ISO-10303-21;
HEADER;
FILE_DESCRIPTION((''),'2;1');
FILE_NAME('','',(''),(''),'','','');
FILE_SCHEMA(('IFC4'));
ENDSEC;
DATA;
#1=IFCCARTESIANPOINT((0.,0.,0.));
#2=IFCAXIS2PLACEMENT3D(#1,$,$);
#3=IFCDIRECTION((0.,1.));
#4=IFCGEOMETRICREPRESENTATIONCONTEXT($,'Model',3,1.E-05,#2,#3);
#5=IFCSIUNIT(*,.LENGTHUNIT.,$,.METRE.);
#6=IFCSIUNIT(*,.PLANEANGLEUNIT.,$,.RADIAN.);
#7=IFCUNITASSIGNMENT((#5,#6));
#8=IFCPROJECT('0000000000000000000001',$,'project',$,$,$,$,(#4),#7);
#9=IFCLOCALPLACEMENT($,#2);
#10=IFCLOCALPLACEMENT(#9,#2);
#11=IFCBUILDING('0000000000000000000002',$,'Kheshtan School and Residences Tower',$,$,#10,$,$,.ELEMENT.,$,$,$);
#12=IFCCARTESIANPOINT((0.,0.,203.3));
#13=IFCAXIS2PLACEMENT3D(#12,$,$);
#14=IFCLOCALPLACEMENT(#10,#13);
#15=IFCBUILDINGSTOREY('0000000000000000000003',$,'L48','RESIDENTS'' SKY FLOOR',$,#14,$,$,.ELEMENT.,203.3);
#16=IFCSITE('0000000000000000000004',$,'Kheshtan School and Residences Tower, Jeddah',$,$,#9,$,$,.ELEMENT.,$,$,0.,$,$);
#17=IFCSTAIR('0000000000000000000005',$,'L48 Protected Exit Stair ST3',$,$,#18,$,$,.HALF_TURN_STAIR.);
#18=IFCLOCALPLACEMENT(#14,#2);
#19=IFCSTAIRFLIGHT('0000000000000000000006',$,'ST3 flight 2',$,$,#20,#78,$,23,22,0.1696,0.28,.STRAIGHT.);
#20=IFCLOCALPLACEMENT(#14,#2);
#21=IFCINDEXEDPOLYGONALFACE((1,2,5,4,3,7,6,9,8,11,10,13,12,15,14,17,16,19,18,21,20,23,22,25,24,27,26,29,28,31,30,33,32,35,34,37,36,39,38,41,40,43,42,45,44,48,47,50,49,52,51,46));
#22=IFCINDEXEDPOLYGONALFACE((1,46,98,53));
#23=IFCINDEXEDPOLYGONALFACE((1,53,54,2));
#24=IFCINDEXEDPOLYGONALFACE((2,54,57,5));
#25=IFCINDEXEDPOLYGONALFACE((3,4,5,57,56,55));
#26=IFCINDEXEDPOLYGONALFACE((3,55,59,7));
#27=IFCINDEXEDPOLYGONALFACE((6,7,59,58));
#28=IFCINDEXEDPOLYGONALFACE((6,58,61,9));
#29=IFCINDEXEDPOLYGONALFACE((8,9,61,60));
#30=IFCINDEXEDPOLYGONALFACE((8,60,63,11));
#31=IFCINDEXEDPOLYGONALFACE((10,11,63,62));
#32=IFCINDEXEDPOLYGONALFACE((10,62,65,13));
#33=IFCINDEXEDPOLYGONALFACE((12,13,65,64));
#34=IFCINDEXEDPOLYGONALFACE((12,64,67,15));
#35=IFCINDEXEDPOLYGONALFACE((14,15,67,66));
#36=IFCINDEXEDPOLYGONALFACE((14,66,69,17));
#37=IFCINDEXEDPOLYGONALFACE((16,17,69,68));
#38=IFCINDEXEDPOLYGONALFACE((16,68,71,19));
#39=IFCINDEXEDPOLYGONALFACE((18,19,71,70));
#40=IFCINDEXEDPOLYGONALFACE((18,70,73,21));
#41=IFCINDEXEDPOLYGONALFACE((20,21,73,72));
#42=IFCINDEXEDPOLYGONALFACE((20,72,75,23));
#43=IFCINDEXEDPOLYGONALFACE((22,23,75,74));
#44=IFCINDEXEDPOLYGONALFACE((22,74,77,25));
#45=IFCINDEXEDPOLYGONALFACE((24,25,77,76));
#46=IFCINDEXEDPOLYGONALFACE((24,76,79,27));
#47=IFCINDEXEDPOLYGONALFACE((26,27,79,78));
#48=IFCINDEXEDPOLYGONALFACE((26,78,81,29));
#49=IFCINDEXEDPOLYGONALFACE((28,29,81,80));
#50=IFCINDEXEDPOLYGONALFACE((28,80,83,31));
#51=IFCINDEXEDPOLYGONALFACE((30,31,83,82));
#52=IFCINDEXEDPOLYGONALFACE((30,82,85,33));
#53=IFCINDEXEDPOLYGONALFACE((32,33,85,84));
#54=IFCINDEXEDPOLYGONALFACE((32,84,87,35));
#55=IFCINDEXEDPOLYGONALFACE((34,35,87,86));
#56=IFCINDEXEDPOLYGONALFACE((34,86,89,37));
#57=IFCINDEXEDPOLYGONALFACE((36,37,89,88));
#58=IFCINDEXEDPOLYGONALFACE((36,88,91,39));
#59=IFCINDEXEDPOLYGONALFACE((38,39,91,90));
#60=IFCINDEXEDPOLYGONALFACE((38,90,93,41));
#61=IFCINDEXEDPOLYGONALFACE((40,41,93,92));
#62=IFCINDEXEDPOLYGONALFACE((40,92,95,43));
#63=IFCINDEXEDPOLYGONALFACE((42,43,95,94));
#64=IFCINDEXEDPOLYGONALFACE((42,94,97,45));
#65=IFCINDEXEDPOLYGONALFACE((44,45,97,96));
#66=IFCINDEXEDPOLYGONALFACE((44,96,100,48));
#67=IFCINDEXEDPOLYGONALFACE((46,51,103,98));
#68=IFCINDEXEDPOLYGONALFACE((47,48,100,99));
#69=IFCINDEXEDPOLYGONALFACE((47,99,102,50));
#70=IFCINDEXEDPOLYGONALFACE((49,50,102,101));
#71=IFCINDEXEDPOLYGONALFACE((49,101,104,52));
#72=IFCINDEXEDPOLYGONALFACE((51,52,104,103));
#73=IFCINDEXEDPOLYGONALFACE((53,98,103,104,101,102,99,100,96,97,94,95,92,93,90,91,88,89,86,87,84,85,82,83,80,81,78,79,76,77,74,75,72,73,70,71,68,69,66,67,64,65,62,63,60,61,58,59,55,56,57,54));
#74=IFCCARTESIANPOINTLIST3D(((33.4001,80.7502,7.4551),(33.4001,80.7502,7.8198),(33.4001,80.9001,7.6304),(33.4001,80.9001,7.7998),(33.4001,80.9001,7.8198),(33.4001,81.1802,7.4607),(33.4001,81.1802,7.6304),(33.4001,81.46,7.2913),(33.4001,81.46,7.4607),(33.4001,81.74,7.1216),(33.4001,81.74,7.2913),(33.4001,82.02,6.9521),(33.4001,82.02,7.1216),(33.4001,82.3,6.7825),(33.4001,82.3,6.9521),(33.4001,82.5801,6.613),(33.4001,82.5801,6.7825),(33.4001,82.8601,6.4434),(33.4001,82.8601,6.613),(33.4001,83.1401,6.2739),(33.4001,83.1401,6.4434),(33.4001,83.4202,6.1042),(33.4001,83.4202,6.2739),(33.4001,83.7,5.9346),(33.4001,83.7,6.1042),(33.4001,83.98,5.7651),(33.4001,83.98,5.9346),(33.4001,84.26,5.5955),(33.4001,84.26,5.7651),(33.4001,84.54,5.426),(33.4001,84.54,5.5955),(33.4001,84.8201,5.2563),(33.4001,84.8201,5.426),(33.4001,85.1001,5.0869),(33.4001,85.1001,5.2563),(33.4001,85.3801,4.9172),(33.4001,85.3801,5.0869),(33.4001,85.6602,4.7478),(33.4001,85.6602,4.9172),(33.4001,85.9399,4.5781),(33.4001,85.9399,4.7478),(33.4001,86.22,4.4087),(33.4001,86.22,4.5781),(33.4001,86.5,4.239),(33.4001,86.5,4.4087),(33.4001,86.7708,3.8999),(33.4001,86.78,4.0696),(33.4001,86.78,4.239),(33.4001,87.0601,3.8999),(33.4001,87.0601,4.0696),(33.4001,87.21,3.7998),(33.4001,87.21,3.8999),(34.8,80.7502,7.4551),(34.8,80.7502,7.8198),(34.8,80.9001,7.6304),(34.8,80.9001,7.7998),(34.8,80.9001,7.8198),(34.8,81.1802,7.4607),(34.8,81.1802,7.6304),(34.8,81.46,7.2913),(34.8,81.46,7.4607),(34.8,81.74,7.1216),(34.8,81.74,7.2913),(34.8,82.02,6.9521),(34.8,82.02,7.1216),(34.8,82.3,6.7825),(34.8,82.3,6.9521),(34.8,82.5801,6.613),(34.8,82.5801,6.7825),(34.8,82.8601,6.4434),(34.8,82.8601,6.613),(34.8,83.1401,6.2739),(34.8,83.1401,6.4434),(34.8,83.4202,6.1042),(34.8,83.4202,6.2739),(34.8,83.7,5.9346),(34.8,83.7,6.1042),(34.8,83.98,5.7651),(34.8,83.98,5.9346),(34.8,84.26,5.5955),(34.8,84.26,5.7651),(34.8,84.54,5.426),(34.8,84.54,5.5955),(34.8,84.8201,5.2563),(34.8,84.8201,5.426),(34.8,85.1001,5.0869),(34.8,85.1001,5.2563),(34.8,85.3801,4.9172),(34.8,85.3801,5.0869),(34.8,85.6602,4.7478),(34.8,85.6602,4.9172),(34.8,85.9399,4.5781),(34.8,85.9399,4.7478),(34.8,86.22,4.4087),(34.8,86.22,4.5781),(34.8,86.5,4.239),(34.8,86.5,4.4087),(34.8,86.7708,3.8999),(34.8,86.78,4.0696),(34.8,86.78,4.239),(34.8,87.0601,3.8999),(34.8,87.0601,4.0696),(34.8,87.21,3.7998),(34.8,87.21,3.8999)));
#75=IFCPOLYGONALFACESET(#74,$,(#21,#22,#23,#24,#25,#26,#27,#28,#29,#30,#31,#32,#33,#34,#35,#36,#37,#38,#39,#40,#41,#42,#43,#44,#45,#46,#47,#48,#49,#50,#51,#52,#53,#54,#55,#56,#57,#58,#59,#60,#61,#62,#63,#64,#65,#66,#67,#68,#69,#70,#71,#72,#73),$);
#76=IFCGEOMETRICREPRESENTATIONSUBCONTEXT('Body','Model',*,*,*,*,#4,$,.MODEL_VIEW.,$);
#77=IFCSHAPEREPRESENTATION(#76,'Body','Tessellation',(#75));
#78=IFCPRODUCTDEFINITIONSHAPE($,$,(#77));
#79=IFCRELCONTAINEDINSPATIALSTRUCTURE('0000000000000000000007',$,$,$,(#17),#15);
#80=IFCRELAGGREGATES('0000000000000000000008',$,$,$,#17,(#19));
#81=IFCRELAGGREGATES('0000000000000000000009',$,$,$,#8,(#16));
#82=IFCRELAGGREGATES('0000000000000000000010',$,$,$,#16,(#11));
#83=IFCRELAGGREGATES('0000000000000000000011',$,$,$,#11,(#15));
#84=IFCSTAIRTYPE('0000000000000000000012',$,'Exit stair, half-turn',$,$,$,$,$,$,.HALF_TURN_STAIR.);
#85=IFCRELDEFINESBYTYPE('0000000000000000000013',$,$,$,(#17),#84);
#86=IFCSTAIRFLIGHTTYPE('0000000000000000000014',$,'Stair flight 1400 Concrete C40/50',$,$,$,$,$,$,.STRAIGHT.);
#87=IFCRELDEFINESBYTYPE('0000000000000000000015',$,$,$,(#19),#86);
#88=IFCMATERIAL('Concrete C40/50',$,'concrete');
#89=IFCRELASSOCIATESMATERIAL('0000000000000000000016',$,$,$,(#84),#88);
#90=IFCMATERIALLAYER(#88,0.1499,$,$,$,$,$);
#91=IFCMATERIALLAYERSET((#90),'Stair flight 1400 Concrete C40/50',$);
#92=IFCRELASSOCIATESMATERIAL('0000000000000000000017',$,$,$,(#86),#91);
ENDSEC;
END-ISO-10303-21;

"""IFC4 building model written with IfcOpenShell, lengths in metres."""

from ifc_helpers import new_model, si_unit, direction, frame, origin, place, context, subcontext, project, spatial, polyline, outline, extrude, material, layer, layer_set, type_object, element, aggregate, save


model = new_model("IFC4")

# Units and contexts
model_context = context("Model", 3, precision=1e-05, world=origin(), true_north=direction((0.0, 1.0)))
body_context = subcontext(model_context, "Body", "Model", "MODEL_VIEW")
ifc_project = project(units=[si_unit("LENGTHUNIT", "METRE"), si_unit("PLANEANGLEUNIT", "RADIAN")], contexts=[model_context])

# Site, building, storey
site_placement = place(None, origin())
site = spatial("IfcSite", under=ifc_project, at=site_placement, Name="Kheshtan School and Residences Tower, Jeddah", CompositionType="ELEMENT", RefElevation=0.0)
building_placement = place(site_placement, origin())
building = spatial("IfcBuilding", under=site, at=building_placement, Name="Kheshtan School and Residences Tower", CompositionType="ELEMENT")
storey_placement = place(building_placement, frame((0.0, 0.0, 203.3)))
storey = spatial("IfcBuildingStorey", under=building, at=storey_placement, Name="L48", Description="RESIDENTS' SKY FLOOR", CompositionType="ELEMENT", Elevation=203.3)

# Stair, stair flight
ifc_material_1 = material(Name="Concrete C40/50", Category="concrete")
stair_type = type_object("IfcStairType", Name="Exit stair, half-turn", PredefinedType="HALF_TURN_STAIR", material=ifc_material_1)
stair_placement = place(storey_placement, origin())
stair = element("IfcStair", 1, at=stair_placement, inside=storey, type_object=stair_type, Name="L48 Protected Exit Stair ST3", PredefinedType="HALF_TURN_STAIR")
ifc_layer_1 = layer(ifc_material_1, 0.1499)
ifc_layer_set_1 = layer_set([ifc_layer_1], Name="Stair flight 1400 Concrete C40/50")
stair_flight_type = type_object("IfcStairFlightType", Name="Stair flight 1400 Concrete C40/50", PredefinedType="STRAIGHT", material=ifc_layer_set_1)
stair_flight_placement = place(storey_placement, frame((34.1001, 87.0601, 3.8999), z_axis=(0.0, 0.0, 1.0), x_axis=(0.0, -1.0, 0.0)))
stair_flight = element("IfcStairFlight", 2, at=stair_flight_placement, type_object=stair_flight_type, Name="ST3 flight 2", NumberOfRisers=23, NumberOfTreads=22, PredefinedType="STRAIGHT", RiserHeight=0.1696, TreadLength=0.28, context=body_context, shape_type="SweptSolid", body=[
    extrude(outline(polyline([(-0.1499, -0.1001), (-0.1499, 0.0), (0.0, 0.0), (0.0, 0.1697), (0.28, 0.1697), (0.28, 0.3391), (0.5601, 0.3391), (0.5601, 0.5088), (0.8401, 0.5088), (0.8401, 0.6782), (1.1201, 0.6782), (1.1201, 0.8479), (1.3999, 0.8479), (1.3999, 1.0173), (1.6799, 1.0173), (1.6799, 1.187), (1.96, 1.187), (1.96, 1.3564), (2.24, 1.3564), (2.24, 1.5261), (2.52, 1.5261), (2.52, 1.6956), (2.8, 1.6956), (2.8, 1.8652), (3.0801, 1.8652), (3.0801, 2.0347), (3.3601, 2.0347), (3.3601, 2.2043), (3.6399, 2.2043), (3.6399, 2.374), (3.9199, 2.374), (3.9199, 2.5435), (4.2, 2.5435), (4.2, 2.7131), (4.48, 2.7131), (4.48, 2.8826), (4.76, 2.8826), (4.76, 3.0522), (5.04, 3.0522), (5.04, 3.2217), (5.3201, 3.2217), (5.3201, 3.3914), (5.6001, 3.3914), (5.6001, 3.5608), (5.8799, 3.5608), (5.8799, 3.7305), (6.1599, 3.7305), (6.1599, 3.8999), (6.1599, 3.9199), (6.3098, 3.9199), (6.3098, 3.5552), (0.2893, 0.0), (-0.1499, -0.1001)])), frame((0.0, 0.7, 0.0), z_axis=(0.0, -1.0, 0.0), x_axis=(1.0, 0.0, 0.0)), (0.0, 0.0, 1.0), 1.3999),
])
aggregate(stair, [stair_flight])

save(model, "model.ifc")
